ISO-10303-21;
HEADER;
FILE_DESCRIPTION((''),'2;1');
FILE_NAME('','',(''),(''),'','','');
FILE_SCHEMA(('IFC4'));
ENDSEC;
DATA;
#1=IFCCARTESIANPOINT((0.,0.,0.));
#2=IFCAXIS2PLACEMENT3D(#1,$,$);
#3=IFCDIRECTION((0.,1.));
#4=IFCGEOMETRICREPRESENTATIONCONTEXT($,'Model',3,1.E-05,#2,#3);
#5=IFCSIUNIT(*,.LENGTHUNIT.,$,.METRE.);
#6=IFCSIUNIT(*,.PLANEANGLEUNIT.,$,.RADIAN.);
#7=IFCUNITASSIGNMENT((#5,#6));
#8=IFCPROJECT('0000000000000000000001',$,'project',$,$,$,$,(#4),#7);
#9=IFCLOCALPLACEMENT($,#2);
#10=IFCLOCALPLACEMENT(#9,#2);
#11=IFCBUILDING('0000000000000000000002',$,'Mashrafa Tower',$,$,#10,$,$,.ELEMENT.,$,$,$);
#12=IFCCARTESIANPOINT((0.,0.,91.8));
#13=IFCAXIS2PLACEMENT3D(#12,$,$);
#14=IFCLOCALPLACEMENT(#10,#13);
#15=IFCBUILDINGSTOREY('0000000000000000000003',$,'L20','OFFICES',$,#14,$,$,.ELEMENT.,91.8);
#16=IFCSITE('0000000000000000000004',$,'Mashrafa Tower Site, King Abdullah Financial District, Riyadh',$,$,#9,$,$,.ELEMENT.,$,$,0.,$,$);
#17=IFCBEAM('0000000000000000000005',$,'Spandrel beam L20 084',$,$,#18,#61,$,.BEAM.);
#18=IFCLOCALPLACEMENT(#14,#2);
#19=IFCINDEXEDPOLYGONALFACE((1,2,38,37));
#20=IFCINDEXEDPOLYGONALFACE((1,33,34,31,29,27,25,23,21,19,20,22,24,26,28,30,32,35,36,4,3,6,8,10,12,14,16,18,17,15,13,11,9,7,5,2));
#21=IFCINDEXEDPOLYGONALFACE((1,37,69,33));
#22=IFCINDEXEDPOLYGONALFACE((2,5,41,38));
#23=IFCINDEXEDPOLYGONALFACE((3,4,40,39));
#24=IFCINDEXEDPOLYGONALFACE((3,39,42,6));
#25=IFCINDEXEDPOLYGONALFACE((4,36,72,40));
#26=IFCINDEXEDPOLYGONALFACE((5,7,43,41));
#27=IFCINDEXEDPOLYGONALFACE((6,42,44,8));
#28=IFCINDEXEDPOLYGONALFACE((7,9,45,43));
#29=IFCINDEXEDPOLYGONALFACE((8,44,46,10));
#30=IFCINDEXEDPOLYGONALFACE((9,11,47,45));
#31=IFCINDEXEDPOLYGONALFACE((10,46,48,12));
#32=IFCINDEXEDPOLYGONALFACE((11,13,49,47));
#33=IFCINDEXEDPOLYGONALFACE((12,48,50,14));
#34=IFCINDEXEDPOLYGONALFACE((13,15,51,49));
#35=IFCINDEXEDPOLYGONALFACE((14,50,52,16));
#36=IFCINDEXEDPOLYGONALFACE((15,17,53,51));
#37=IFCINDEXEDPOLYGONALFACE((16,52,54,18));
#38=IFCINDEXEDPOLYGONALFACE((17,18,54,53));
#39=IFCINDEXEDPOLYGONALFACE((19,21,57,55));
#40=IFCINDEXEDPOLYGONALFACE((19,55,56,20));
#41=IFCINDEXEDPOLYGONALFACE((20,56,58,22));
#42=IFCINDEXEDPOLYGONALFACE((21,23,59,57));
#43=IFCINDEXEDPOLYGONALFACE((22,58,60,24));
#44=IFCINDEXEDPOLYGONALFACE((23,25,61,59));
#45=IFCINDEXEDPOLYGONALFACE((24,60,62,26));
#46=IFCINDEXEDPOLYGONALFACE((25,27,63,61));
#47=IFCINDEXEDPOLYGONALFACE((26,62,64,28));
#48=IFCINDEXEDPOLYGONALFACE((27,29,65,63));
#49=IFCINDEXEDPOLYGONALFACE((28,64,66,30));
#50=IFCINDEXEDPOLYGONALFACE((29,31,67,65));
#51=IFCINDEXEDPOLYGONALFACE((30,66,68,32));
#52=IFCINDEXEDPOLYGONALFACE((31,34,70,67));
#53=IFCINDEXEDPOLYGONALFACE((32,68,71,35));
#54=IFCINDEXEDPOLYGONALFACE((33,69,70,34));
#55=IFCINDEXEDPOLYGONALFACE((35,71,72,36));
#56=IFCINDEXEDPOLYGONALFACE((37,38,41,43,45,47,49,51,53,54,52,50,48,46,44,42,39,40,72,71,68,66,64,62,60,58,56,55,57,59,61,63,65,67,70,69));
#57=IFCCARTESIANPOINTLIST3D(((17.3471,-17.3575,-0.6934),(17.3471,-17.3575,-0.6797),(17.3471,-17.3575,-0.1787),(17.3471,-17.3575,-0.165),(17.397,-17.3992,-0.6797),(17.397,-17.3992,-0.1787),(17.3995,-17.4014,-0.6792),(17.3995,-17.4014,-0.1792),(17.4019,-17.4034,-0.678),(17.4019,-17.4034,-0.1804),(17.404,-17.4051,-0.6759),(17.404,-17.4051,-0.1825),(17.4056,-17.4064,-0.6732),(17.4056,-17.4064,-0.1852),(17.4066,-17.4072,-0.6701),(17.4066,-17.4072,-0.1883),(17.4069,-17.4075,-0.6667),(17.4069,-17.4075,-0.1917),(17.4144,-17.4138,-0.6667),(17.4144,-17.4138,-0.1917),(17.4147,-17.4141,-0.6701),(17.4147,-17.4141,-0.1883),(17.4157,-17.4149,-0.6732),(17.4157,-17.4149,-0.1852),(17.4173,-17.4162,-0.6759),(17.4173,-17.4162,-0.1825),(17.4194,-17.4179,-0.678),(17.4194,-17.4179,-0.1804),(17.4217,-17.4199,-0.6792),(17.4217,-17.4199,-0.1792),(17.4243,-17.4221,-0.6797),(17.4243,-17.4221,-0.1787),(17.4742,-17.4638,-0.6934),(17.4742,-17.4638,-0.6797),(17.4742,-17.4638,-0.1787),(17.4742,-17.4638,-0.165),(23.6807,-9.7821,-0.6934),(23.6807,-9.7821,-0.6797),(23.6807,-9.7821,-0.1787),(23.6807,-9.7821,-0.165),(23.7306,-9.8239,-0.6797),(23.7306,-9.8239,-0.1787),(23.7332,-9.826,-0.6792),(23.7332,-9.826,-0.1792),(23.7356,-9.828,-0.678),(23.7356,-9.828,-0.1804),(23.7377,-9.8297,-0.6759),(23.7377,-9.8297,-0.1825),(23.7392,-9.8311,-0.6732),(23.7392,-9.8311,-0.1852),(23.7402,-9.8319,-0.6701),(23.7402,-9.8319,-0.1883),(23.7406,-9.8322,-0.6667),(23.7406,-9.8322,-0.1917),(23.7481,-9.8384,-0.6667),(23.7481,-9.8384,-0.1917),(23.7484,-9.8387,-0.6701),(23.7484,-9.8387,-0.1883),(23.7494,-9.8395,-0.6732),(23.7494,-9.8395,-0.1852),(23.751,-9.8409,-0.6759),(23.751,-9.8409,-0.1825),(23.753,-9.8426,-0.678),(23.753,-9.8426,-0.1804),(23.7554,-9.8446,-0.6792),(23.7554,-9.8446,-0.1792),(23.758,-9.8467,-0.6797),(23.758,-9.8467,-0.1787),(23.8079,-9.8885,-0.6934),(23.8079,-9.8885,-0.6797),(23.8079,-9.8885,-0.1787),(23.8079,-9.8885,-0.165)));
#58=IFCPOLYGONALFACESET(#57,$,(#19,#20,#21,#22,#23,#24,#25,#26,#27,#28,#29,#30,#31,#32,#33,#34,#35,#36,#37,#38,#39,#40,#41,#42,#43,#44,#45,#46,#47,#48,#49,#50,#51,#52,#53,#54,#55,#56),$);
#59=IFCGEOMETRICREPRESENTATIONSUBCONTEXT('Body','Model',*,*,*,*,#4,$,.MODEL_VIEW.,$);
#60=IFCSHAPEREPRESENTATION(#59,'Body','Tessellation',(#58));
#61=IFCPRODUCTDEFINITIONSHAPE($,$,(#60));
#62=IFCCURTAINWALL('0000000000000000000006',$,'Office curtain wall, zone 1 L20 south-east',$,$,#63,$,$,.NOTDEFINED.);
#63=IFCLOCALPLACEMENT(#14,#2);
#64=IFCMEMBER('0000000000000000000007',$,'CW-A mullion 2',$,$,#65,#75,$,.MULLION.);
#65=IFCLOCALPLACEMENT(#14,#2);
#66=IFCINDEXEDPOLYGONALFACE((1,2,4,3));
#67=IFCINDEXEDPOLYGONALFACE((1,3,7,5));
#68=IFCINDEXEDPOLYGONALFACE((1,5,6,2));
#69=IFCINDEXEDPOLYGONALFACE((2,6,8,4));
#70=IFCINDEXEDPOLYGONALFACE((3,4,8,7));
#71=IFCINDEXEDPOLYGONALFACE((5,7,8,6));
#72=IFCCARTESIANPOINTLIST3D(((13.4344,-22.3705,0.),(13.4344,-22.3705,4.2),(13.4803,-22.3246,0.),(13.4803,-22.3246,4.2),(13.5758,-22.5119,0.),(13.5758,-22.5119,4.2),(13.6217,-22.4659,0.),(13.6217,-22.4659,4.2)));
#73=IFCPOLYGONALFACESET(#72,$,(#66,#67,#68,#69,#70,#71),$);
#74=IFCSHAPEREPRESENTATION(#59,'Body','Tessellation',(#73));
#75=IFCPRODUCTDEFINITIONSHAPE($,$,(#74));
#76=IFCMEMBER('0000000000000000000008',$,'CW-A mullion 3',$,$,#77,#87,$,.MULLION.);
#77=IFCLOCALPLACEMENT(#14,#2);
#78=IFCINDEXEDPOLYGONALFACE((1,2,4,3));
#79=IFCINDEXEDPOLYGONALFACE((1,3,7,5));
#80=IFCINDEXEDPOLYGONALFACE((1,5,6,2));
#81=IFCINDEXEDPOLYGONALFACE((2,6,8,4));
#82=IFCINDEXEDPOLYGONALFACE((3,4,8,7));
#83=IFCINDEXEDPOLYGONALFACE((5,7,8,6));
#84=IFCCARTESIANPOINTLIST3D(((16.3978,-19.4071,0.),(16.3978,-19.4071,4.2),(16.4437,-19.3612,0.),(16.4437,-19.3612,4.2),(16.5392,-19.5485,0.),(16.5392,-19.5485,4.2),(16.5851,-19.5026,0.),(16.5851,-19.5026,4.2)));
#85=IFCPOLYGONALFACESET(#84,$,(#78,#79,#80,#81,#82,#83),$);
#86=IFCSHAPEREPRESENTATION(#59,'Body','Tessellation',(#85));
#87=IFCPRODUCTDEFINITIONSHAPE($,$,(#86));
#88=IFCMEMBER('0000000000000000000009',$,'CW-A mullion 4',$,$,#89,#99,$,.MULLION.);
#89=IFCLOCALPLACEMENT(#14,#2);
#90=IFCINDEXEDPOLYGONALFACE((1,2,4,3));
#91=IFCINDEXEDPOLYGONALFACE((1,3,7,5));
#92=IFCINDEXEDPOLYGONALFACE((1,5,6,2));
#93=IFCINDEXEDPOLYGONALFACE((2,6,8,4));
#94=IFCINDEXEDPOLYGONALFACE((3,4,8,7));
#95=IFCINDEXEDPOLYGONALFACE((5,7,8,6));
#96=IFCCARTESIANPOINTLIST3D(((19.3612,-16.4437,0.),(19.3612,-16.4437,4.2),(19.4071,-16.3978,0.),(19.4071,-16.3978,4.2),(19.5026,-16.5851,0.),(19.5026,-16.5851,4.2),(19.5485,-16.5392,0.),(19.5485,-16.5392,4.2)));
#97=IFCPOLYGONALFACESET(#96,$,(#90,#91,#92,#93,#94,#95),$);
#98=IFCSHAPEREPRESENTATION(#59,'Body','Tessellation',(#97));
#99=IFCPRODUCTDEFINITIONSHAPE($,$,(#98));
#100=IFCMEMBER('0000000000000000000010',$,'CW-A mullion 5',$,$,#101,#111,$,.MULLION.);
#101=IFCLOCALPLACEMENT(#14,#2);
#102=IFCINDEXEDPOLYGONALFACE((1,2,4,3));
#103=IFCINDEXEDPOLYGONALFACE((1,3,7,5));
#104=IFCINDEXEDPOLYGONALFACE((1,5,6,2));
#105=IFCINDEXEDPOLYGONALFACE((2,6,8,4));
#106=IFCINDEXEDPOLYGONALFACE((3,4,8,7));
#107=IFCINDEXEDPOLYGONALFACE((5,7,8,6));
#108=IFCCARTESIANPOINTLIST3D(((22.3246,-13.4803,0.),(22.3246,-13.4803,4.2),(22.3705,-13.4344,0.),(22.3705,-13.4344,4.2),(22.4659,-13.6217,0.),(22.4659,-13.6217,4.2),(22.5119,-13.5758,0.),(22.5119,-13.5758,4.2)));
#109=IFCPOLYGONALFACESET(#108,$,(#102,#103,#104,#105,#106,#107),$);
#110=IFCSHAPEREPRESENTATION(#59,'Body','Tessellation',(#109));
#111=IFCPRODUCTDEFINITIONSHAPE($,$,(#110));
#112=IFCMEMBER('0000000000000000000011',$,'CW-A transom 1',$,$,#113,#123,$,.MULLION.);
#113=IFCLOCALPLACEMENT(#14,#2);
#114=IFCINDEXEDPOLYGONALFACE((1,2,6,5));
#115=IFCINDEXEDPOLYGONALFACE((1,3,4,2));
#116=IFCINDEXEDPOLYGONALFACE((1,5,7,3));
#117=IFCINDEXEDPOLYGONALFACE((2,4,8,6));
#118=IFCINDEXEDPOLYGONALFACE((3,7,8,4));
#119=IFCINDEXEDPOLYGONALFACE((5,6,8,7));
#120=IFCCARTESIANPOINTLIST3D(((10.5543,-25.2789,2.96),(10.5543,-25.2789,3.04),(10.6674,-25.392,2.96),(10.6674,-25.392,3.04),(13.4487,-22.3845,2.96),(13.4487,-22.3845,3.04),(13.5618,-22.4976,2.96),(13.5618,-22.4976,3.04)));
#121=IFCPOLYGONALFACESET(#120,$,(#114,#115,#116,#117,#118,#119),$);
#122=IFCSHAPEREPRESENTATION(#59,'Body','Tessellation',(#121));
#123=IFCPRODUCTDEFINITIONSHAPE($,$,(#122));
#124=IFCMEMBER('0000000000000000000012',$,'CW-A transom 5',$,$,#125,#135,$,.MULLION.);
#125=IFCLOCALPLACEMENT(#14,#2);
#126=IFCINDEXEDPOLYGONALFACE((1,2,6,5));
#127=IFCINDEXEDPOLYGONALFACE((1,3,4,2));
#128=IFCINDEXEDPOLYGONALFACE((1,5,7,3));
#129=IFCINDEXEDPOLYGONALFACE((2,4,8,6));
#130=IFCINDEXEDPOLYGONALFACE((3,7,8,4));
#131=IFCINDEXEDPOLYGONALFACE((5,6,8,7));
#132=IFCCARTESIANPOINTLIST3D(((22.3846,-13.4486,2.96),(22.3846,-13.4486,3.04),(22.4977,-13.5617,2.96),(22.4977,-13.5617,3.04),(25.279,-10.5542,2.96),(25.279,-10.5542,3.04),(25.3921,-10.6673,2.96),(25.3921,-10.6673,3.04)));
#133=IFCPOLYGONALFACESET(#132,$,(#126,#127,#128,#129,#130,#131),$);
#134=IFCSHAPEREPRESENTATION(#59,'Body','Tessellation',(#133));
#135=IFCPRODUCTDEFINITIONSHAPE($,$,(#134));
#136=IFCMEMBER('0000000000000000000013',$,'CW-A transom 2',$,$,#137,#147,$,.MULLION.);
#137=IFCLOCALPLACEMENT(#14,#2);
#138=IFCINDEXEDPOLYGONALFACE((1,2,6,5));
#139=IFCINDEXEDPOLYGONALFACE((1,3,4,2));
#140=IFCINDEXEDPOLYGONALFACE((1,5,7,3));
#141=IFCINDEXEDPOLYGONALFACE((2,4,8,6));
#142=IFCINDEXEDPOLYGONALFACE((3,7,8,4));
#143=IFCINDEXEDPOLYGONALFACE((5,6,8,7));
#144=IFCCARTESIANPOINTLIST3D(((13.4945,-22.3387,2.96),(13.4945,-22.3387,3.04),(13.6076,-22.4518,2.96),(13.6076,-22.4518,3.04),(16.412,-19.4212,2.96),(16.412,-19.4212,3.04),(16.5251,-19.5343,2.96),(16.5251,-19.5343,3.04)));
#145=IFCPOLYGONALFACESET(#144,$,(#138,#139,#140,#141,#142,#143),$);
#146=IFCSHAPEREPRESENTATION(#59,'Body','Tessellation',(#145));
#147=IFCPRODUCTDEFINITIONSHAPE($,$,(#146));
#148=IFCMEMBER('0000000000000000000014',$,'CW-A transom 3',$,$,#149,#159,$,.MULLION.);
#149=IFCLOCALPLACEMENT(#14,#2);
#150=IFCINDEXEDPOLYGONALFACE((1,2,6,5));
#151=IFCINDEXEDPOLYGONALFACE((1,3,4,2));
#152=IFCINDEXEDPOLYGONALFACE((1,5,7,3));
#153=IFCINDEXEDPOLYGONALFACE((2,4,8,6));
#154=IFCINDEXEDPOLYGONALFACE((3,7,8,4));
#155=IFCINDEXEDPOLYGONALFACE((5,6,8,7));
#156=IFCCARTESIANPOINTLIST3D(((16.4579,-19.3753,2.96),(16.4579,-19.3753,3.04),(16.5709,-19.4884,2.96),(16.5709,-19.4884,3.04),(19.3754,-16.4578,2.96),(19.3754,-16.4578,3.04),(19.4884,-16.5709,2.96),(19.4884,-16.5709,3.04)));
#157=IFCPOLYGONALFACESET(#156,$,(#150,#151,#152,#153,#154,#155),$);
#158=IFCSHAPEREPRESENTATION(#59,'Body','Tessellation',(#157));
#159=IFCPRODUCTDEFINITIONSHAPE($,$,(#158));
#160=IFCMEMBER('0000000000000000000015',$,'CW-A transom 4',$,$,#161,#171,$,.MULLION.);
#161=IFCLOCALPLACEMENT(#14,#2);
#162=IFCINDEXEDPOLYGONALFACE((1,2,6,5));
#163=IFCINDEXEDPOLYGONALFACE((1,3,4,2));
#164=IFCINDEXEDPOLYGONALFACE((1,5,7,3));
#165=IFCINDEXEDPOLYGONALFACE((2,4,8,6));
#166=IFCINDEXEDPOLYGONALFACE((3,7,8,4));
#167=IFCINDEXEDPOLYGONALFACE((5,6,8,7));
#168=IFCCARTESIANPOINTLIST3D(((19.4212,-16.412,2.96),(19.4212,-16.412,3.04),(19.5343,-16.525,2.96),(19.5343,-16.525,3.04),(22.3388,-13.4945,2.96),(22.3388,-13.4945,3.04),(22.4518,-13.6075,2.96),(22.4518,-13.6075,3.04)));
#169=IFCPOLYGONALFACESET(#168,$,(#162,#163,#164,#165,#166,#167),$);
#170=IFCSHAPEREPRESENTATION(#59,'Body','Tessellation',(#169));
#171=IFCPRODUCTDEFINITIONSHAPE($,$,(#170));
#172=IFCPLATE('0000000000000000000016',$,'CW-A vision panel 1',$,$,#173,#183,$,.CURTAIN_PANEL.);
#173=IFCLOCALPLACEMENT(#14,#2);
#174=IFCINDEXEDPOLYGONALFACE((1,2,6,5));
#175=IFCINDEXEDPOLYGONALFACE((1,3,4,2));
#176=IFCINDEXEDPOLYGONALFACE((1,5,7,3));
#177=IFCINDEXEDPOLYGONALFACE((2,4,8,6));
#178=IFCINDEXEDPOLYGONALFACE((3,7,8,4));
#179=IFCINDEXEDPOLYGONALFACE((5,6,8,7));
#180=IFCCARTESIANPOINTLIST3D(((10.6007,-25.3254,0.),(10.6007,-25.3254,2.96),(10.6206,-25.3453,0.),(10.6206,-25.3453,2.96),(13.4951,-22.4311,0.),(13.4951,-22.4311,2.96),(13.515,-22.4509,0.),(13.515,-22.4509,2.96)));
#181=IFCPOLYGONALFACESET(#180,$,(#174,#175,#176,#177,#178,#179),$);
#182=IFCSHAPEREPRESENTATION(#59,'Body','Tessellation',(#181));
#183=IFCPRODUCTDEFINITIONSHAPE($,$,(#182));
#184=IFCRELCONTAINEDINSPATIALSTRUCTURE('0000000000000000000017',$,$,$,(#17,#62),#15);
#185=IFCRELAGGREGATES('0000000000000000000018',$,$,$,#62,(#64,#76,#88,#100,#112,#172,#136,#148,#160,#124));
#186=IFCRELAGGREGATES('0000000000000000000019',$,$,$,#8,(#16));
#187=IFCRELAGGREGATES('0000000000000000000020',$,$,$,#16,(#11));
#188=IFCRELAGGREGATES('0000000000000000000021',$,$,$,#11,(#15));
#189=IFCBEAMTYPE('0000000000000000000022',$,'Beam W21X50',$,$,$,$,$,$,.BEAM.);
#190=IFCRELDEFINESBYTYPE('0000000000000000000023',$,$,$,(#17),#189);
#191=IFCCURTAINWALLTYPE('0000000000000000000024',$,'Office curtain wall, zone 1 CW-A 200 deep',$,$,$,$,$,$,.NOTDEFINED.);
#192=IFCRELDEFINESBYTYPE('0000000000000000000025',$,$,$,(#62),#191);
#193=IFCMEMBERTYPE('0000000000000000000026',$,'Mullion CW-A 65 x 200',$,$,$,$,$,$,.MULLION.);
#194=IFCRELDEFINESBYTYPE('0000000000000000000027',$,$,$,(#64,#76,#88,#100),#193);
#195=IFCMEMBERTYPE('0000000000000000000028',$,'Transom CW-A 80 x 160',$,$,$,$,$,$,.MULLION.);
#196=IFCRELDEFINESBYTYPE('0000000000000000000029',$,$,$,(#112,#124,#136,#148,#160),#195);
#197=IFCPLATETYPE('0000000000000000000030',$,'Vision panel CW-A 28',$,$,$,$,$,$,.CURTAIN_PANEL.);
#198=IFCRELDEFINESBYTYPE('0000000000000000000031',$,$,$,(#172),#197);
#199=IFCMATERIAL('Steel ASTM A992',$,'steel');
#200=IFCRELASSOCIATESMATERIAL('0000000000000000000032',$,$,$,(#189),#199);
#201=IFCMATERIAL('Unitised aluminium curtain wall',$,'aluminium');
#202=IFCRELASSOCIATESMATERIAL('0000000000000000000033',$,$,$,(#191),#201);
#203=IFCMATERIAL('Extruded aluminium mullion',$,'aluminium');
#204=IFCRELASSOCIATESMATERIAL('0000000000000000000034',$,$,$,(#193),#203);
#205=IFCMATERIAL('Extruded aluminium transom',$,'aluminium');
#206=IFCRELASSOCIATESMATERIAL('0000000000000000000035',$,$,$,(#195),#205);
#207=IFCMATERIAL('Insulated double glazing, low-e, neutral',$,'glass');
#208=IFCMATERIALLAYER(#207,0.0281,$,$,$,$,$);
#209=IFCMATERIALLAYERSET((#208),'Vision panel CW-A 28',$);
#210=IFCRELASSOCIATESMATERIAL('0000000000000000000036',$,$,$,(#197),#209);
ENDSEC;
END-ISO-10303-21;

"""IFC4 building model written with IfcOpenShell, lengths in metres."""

from ifc_helpers import new_model, si_unit, direction, frame, origin, origin_2d, place, context, subcontext, project, spatial, rectangle, i_section, extrude, source, transform, mapped, material, layer, layer_set, material_profile, profile_set, type_object, type_shapes, element, aggregate, save


model = new_model("IFC4")

# Units and contexts
model_context = context("Model", 3, precision=1e-05, world=origin(), true_north=direction((0.0, 1.0)))
body_context = subcontext(model_context, "Body", "Model", "MODEL_VIEW")
ifc_project = project(units=[si_unit("LENGTHUNIT", "METRE"), si_unit("PLANEANGLEUNIT", "RADIAN")], contexts=[model_context])

# Site, building, storey
site_placement = place(None, origin())
site = spatial("IfcSite", under=ifc_project, at=site_placement, Name="Mashrafa Tower Site, King Abdullah Financial District, Riyadh", CompositionType="ELEMENT", RefElevation=0.0)
building_placement = place(site_placement, origin())
building = spatial("IfcBuilding", under=site, at=building_placement, Name="Mashrafa Tower", CompositionType="ELEMENT")
storey_placement = place(building_placement, frame((0.0, 0.0, 91.8)))
storey = spatial("IfcBuildingStorey", under=building, at=storey_placement, Name="L20", Description="OFFICES", CompositionType="ELEMENT", Elevation=91.8)

# Beam
ifc_material_1 = material(Name="Steel ASTM A992", Category="steel")
ifc_material_profile_1 = material_profile(ifc_material_1, i_section(OverallWidth=0.1658, OverallDepth=0.5283, WebThickness=0.0098, FlangeThickness=0.0137, FilletRadius=0.0129, at=origin_2d()), Name="W21X50")
ifc_profile_set_1 = profile_set([ifc_material_profile_1], Name="Steel ASTM A992")
beam_type_1 = type_object("IfcBeamType", Name="Beam W21X50", PredefinedType="BEAM", material=ifc_profile_set_1)
beam_1_placement = place(storey_placement, frame((17.4106, -17.4106, -0.4292), z_axis=(0.641431, 0.767181, 0.0), x_axis=(-0.767181, 0.641431, 0.0)))
element("IfcBeam", 1, at=beam_1_placement, inside=storey, type_object=beam_type_1, Name="Spandrel beam L20 084", PredefinedType="BEAM", context=body_context, shape_type="SweptSolid", body=[
    extrude(i_section(OverallWidth=0.1658, OverallDepth=0.5283, WebThickness=0.0098, FlangeThickness=0.0137, FilletRadius=0.0129, at=origin_2d()), origin(), (0.0, 0.0, 1.0), 9.8743),
])

# Curtain wall, members, plate
ifc_material_2 = material(Name="Unitised aluminium curtain wall", Category="aluminium")
curtain_wall_type = type_object("IfcCurtainWallType", Name="Office curtain wall, zone 1 CW-A 200 deep", PredefinedType="NOTDEFINED", material=ifc_material_2)
curtain_wall_placement = place(storey_placement, origin())
curtain_wall = element("IfcCurtainWall", 2, at=curtain_wall_placement, inside=storey, type_object=curtain_wall_type, Name="Office curtain wall, zone 1 L20 south-east", PredefinedType="NOTDEFINED")
ifc_material_3 = material(Name="Extruded aluminium mullion", Category="aluminium")
ifc_material_profile_2 = material_profile(ifc_material_3, rectangle(XDim=0.2, YDim=0.0649, at=origin_2d()), Name="Mullion 65x200")
ifc_profile_set_2 = profile_set([ifc_material_profile_2], Name="Extruded aluminium mullion")
member_type_1 = type_object("IfcMemberType", Name="Mullion CW-A 65 x 200", PredefinedType="MULLION", material=ifc_profile_set_2)
shared_shape_1 = source(origin(), body_context, "Body", "SweptSolid", [
    extrude(rectangle(XDim=0.2, YDim=0.0649, at=origin_2d()), origin(), (0.0, 0.0, 1.0), 4.2),
])
type_shapes(member_type_1, [shared_shape_1])
member_1_placement = place(storey_placement, frame((13.5281, -22.4182, 0.0), z_axis=(0.0, 0.0, 1.0), x_axis=(-0.707107, 0.707107, 0.0)))
member_1 = element("IfcMember", 3, at=member_1_placement, type_object=member_type_1, Name="CW-A mullion 2", PredefinedType="MULLION", context=body_context, shape_type="MappedRepresentation", body=[
    mapped(shared_shape_1, transform((0.0, 0.0, 0.0))),
])
member_2_placement = place(storey_placement, frame((16.4915, -19.4548, 0.0), z_axis=(0.0, 0.0, 1.0), x_axis=(-0.707107, 0.707107, 0.0)))
member_2 = element("IfcMember", 4, at=member_2_placement, type_object=member_type_1, Name="CW-A mullion 3", PredefinedType="MULLION", context=body_context, shape_type="MappedRepresentation", body=[
    mapped(shared_shape_1, transform((0.0, 0.0, 0.0))),
])
member_3_placement = place(storey_placement, frame((19.4548, -16.4915, 0.0), z_axis=(0.0, 0.0, 1.0), x_axis=(-0.707107, 0.707107, 0.0)))
member_3 = element("IfcMember", 5, at=member_3_placement, type_object=member_type_1, Name="CW-A mullion 4", PredefinedType="MULLION", context=body_context, shape_type="MappedRepresentation", body=[
    mapped(shared_shape_1, transform((0.0, 0.0, 0.0))),
])
member_4_placement = place(storey_placement, frame((22.4182, -13.5281, 0.0), z_axis=(0.0, 0.0, 1.0), x_axis=(-0.707107, 0.707107, 0.0)))
member_4 = element("IfcMember", 6, at=member_4_placement, type_object=member_type_1, Name="CW-A mullion 5", PredefinedType="MULLION", context=body_context, shape_type="MappedRepresentation", body=[
    mapped(shared_shape_1, transform((0.0, 0.0, 0.0))),
])
ifc_material_4 = material(Name="Extruded aluminium transom", Category="aluminium")
ifc_material_profile_3 = material_profile(ifc_material_4, rectangle(XDim=0.1599, YDim=0.0801, at=origin_2d()), Name="Transom 80x160")
ifc_profile_set_3 = profile_set([ifc_material_profile_3], Name="Extruded aluminium transom")
member_type_2 = type_object("IfcMemberType", Name="Transom CW-A 80 x 160", PredefinedType="MULLION", material=ifc_profile_set_3)
shared_shape_2 = source(origin(), body_context, "Body", "SweptSolid", [
    extrude(rectangle(XDim=0.1599, YDim=0.0801, at=origin_2d()), origin(), (0.0, 0.0, 1.0), 4.0933),
])
member_5_placement = place(storey_placement, frame((10.6108, -25.3354, 3.0), z_axis=(0.707107, 0.707107, 0.0), x_axis=(-0.707107, 0.707107, 0.0)))
member_5 = element("IfcMember", 7, at=member_5_placement, type_object=member_type_2, Name="CW-A transom 1", PredefinedType="MULLION", context=body_context, shape_type="MappedRepresentation", body=[
    mapped(shared_shape_2, transform((0.0, 0.0, 0.0))),
])
member_6_placement = place(storey_placement, frame((22.4412, -13.5051, 3.0), z_axis=(0.707107, 0.707107, 0.0), x_axis=(-0.707107, 0.707107, 0.0)))
member_6 = element("IfcMember", 8, at=member_6_placement, type_object=member_type_2, Name="CW-A transom 5", PredefinedType="MULLION", context=body_context, shape_type="MappedRepresentation", body=[
    mapped(shared_shape_2, transform((0.0, 0.0, 0.0))),
])
shared_shape_3 = source(origin(), body_context, "Body", "SweptSolid", [
    extrude(rectangle(XDim=0.1599, YDim=0.0801, at=origin_2d()), origin(), (0.0, 0.0, 1.0), 4.126),
])
type_shapes(member_type_2, [shared_shape_2, shared_shape_3])
member_7_placement = place(storey_placement, frame((13.551, -22.3953, 3.0), z_axis=(0.707107, 0.707107, 0.0), x_axis=(-0.707107, 0.707107, 0.0)))
member_7 = element("IfcMember", 9, at=member_7_placement, type_object=member_type_2, Name="CW-A transom 2", PredefinedType="MULLION", context=body_context, shape_type="MappedRepresentation", body=[
    mapped(shared_shape_3, transform((0.0, 0.0, 0.0))),
])
member_8_placement = place(storey_placement, frame((16.5144, -19.4319, 3.0), z_axis=(0.707107, 0.707107, 0.0), x_axis=(-0.707107, 0.707107, 0.0)))
member_8 = element("IfcMember", 10, at=member_8_placement, type_object=member_type_2, Name="CW-A transom 3", PredefinedType="MULLION", context=body_context, shape_type="MappedRepresentation", body=[
    mapped(shared_shape_3, transform((0.0, 0.0, 0.0))),
])
member_9_placement = place(storey_placement, frame((19.4778, -16.4685, 3.0), z_axis=(0.707107, 0.707107, 0.0), x_axis=(-0.707107, 0.707107, 0.0)))
member_9 = element("IfcMember", 11, at=member_9_placement, type_object=member_type_2, Name="CW-A transom 4", PredefinedType="MULLION", context=body_context, shape_type="MappedRepresentation", body=[
    mapped(shared_shape_3, transform((0.0, 0.0, 0.0))),
])
ifc_material_5 = material(Name="Insulated double glazing, low-e, neutral", Category="glass")
ifc_layer_1 = layer(ifc_material_5, 0.0281)
ifc_layer_set_1 = layer_set([ifc_layer_1], Name="Vision panel CW-A 28")
plate_type_1 = type_object("IfcPlateType", Name="Vision panel CW-A 28", PredefinedType="CURTAIN_PANEL", material=ifc_layer_set_1)
shared_shape_4 = source(origin(), body_context, "Body", "SweptSolid", [
    extrude(rectangle(XDim=4.0933, YDim=0.0281, at=origin_2d()), origin(), (0.0, 0.0, 1.0), 2.96),
])
plate_1_placement = place(storey_placement, frame((12.0579, -23.8882, 0.0), z_axis=(0.0, 0.0, 1.0), x_axis=(0.707107, 0.707107, 0.0)))
plate_1 = element("IfcPlate", 12, at=plate_1_placement, type_object=plate_type_1, Name="CW-A vision panel 1", PredefinedType="CURTAIN_PANEL", context=body_context, shape_type="MappedRepresentation", body=[
    mapped(shared_shape_4, transform((0.0, 0.0, 0.0))),
])
aggregate(curtain_wall, [member_1, member_2, member_3, member_4, member_5, plate_1, member_7, member_8, member_9, member_6])

save(model, "model.ifc")
